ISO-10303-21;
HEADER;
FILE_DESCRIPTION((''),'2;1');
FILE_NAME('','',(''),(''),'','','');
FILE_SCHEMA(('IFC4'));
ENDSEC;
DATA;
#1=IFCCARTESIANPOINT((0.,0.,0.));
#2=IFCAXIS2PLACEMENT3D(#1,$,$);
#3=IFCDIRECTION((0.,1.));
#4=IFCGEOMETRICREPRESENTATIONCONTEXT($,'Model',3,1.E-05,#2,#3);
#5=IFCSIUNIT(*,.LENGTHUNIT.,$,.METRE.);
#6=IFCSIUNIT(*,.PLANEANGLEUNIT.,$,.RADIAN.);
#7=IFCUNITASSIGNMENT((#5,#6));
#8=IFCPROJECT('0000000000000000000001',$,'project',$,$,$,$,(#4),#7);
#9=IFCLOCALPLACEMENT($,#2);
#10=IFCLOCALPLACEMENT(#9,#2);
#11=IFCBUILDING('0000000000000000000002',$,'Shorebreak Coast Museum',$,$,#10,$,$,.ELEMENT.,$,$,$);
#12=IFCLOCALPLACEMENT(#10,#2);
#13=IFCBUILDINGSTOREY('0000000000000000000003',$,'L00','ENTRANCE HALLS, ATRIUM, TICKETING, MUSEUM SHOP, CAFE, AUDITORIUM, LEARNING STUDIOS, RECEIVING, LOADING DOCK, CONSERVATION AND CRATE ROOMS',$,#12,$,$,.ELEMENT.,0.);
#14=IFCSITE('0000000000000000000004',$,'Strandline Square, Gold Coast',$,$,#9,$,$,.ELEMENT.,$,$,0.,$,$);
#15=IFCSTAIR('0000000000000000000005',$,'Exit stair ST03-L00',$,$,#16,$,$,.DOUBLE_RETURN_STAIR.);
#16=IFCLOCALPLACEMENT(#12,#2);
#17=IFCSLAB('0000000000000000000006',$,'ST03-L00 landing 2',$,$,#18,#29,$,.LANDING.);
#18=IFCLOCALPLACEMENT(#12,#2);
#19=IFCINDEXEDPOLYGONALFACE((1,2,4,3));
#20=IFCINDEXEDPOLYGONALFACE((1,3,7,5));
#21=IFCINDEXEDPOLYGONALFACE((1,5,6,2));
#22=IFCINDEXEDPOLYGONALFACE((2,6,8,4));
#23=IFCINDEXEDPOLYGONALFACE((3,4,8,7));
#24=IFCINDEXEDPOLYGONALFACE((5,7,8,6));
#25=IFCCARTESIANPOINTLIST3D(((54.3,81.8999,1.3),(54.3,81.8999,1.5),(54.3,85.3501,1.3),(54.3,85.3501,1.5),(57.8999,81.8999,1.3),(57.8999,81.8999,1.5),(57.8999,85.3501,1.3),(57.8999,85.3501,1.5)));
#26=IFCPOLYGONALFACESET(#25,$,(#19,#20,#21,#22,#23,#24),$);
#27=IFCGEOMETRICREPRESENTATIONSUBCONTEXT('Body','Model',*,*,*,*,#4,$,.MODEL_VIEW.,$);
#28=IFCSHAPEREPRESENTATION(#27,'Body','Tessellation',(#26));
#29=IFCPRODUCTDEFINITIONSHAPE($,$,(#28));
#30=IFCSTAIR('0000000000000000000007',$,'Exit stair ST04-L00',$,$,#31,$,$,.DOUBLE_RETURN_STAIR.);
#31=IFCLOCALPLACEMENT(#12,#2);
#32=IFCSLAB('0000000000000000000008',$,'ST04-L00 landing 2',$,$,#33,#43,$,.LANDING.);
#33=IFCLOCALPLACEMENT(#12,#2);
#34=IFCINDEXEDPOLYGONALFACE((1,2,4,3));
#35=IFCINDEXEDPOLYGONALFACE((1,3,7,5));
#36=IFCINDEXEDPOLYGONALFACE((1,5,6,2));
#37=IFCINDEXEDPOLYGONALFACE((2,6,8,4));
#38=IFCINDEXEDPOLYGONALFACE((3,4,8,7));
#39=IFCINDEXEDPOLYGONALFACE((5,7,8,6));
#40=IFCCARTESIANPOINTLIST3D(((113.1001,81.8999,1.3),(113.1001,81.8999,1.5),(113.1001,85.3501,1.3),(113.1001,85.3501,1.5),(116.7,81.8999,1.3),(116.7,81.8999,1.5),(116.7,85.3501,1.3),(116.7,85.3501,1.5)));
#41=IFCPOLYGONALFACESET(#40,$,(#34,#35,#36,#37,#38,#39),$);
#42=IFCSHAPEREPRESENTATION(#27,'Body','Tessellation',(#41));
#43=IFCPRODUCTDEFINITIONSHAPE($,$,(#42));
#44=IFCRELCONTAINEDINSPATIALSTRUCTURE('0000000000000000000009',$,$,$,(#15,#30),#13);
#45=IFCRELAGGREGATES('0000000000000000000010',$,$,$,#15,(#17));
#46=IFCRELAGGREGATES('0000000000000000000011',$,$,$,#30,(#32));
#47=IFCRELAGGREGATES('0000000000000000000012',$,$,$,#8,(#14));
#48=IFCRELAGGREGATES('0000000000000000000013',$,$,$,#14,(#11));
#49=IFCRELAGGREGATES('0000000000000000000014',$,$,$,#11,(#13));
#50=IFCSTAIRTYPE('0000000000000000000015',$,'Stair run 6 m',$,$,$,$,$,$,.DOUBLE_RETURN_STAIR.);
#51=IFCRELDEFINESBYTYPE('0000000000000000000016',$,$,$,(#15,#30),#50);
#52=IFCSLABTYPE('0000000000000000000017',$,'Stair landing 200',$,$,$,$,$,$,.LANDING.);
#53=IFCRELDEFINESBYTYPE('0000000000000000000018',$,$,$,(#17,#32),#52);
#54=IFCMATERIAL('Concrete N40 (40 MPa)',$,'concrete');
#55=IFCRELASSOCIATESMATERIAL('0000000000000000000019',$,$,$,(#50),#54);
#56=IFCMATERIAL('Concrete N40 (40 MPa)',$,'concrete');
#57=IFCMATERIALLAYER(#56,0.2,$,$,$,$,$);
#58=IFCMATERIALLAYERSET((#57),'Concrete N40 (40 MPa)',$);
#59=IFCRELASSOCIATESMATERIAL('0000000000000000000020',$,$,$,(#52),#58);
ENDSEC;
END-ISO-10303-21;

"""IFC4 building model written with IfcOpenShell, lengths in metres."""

from ifc_helpers import new_model, si_unit, direction, frame, origin, place, context, subcontext, project, spatial, polyline, outline, extrude, material, layer, layer_set, type_object, element, aggregate, save


model = new_model("IFC4")

# Units and contexts
model_context = context("Model", 3, precision=1e-05, world=origin(), true_north=direction((0.0, 1.0)))
body_context = subcontext(model_context, "Body", "Model", "MODEL_VIEW")
ifc_project = project(units=[si_unit("LENGTHUNIT", "METRE"), si_unit("PLANEANGLEUNIT", "RADIAN")], contexts=[model_context])

# Site, building, storey
site_placement = place(None, origin())
site = spatial("IfcSite", under=ifc_project, at=site_placement, Name="Strandline Square, Gold Coast", CompositionType="ELEMENT", RefElevation=0.0)
building_placement = place(site_placement, origin())
building = spatial("IfcBuilding", under=site, at=building_placement, Name="Shorebreak Coast Museum", CompositionType="ELEMENT")
storey_placement = place(building_placement, origin())
storey = spatial("IfcBuildingStorey", under=building, at=storey_placement, Name="L00", Description="ENTRANCE HALLS, ATRIUM, TICKETING, MUSEUM SHOP, CAFE, AUDITORIUM, LEARNING STUDIOS, RECEIVING, LOADING DOCK, CONSERVATION AND CRATE ROOMS", CompositionType="ELEMENT", Elevation=0.0)

# Stair, slab
ifc_material_1 = material(Name="Concrete N40 (40 MPa)", Category="concrete")
stair_type = type_object("IfcStairType", Name="Stair run 6 m", PredefinedType="DOUBLE_RETURN_STAIR", material=ifc_material_1)
ifc_material_2 = material(Name="Concrete N40 (40 MPa)", Category="concrete")
ifc_layer_1 = layer(ifc_material_2, 0.2)
ifc_layer_set_1 = layer_set([ifc_layer_1], Name="Concrete N40 (40 MPa)")
slab_type_1 = type_object("IfcSlabType", Name="Stair landing 200", PredefinedType="LANDING", material=ifc_layer_set_1)
stair_1_placement = place(storey_placement, origin())
stair_1 = element("IfcStair", 1, at=stair_1_placement, inside=storey, type_object=stair_type, Name="Exit stair ST03-L00", PredefinedType="DOUBLE_RETURN_STAIR")
slab_1_placement = place(storey_placement, frame((0.0, 0.0, 1.3)))
slab_1 = element("IfcSlab", 2, at=slab_1_placement, type_object=slab_type_1, Name="ST03-L00 landing 2", PredefinedType="LANDING", context=body_context, shape_type="SweptSolid", body=[
    extrude(outline(polyline([(54.3, 81.8999), (57.8999, 81.8999), (57.8999, 85.3501), (54.3, 85.3501), (54.3, 81.8999)])), origin(), (0.0, 0.0, 1.0), 0.2),
])
aggregate(stair_1, [slab_1])

# Stair, slab
stair_2_placement = place(storey_placement, origin())
stair_2 = element("IfcStair", 3, at=stair_2_placement, inside=storey, type_object=stair_type, Name="Exit stair ST04-L00", PredefinedType="DOUBLE_RETURN_STAIR")
slab_2_placement = place(storey_placement, frame((0.0, 0.0, 1.3)))
slab_2 = element("IfcSlab", 4, at=slab_2_placement, type_object=slab_type_1, Name="ST04-L00 landing 2", PredefinedType="LANDING", context=body_context, shape_type="SweptSolid", body=[
    extrude(outline(polyline([(113.1001, 81.8999), (116.7, 81.8999), (116.7, 85.3501), (113.1001, 85.3501), (113.1001, 81.8999)])), origin(), (0.0, 0.0, 1.0), 0.2),
])
aggregate(stair_2, [slab_2])

save(model, "model.ifc")
